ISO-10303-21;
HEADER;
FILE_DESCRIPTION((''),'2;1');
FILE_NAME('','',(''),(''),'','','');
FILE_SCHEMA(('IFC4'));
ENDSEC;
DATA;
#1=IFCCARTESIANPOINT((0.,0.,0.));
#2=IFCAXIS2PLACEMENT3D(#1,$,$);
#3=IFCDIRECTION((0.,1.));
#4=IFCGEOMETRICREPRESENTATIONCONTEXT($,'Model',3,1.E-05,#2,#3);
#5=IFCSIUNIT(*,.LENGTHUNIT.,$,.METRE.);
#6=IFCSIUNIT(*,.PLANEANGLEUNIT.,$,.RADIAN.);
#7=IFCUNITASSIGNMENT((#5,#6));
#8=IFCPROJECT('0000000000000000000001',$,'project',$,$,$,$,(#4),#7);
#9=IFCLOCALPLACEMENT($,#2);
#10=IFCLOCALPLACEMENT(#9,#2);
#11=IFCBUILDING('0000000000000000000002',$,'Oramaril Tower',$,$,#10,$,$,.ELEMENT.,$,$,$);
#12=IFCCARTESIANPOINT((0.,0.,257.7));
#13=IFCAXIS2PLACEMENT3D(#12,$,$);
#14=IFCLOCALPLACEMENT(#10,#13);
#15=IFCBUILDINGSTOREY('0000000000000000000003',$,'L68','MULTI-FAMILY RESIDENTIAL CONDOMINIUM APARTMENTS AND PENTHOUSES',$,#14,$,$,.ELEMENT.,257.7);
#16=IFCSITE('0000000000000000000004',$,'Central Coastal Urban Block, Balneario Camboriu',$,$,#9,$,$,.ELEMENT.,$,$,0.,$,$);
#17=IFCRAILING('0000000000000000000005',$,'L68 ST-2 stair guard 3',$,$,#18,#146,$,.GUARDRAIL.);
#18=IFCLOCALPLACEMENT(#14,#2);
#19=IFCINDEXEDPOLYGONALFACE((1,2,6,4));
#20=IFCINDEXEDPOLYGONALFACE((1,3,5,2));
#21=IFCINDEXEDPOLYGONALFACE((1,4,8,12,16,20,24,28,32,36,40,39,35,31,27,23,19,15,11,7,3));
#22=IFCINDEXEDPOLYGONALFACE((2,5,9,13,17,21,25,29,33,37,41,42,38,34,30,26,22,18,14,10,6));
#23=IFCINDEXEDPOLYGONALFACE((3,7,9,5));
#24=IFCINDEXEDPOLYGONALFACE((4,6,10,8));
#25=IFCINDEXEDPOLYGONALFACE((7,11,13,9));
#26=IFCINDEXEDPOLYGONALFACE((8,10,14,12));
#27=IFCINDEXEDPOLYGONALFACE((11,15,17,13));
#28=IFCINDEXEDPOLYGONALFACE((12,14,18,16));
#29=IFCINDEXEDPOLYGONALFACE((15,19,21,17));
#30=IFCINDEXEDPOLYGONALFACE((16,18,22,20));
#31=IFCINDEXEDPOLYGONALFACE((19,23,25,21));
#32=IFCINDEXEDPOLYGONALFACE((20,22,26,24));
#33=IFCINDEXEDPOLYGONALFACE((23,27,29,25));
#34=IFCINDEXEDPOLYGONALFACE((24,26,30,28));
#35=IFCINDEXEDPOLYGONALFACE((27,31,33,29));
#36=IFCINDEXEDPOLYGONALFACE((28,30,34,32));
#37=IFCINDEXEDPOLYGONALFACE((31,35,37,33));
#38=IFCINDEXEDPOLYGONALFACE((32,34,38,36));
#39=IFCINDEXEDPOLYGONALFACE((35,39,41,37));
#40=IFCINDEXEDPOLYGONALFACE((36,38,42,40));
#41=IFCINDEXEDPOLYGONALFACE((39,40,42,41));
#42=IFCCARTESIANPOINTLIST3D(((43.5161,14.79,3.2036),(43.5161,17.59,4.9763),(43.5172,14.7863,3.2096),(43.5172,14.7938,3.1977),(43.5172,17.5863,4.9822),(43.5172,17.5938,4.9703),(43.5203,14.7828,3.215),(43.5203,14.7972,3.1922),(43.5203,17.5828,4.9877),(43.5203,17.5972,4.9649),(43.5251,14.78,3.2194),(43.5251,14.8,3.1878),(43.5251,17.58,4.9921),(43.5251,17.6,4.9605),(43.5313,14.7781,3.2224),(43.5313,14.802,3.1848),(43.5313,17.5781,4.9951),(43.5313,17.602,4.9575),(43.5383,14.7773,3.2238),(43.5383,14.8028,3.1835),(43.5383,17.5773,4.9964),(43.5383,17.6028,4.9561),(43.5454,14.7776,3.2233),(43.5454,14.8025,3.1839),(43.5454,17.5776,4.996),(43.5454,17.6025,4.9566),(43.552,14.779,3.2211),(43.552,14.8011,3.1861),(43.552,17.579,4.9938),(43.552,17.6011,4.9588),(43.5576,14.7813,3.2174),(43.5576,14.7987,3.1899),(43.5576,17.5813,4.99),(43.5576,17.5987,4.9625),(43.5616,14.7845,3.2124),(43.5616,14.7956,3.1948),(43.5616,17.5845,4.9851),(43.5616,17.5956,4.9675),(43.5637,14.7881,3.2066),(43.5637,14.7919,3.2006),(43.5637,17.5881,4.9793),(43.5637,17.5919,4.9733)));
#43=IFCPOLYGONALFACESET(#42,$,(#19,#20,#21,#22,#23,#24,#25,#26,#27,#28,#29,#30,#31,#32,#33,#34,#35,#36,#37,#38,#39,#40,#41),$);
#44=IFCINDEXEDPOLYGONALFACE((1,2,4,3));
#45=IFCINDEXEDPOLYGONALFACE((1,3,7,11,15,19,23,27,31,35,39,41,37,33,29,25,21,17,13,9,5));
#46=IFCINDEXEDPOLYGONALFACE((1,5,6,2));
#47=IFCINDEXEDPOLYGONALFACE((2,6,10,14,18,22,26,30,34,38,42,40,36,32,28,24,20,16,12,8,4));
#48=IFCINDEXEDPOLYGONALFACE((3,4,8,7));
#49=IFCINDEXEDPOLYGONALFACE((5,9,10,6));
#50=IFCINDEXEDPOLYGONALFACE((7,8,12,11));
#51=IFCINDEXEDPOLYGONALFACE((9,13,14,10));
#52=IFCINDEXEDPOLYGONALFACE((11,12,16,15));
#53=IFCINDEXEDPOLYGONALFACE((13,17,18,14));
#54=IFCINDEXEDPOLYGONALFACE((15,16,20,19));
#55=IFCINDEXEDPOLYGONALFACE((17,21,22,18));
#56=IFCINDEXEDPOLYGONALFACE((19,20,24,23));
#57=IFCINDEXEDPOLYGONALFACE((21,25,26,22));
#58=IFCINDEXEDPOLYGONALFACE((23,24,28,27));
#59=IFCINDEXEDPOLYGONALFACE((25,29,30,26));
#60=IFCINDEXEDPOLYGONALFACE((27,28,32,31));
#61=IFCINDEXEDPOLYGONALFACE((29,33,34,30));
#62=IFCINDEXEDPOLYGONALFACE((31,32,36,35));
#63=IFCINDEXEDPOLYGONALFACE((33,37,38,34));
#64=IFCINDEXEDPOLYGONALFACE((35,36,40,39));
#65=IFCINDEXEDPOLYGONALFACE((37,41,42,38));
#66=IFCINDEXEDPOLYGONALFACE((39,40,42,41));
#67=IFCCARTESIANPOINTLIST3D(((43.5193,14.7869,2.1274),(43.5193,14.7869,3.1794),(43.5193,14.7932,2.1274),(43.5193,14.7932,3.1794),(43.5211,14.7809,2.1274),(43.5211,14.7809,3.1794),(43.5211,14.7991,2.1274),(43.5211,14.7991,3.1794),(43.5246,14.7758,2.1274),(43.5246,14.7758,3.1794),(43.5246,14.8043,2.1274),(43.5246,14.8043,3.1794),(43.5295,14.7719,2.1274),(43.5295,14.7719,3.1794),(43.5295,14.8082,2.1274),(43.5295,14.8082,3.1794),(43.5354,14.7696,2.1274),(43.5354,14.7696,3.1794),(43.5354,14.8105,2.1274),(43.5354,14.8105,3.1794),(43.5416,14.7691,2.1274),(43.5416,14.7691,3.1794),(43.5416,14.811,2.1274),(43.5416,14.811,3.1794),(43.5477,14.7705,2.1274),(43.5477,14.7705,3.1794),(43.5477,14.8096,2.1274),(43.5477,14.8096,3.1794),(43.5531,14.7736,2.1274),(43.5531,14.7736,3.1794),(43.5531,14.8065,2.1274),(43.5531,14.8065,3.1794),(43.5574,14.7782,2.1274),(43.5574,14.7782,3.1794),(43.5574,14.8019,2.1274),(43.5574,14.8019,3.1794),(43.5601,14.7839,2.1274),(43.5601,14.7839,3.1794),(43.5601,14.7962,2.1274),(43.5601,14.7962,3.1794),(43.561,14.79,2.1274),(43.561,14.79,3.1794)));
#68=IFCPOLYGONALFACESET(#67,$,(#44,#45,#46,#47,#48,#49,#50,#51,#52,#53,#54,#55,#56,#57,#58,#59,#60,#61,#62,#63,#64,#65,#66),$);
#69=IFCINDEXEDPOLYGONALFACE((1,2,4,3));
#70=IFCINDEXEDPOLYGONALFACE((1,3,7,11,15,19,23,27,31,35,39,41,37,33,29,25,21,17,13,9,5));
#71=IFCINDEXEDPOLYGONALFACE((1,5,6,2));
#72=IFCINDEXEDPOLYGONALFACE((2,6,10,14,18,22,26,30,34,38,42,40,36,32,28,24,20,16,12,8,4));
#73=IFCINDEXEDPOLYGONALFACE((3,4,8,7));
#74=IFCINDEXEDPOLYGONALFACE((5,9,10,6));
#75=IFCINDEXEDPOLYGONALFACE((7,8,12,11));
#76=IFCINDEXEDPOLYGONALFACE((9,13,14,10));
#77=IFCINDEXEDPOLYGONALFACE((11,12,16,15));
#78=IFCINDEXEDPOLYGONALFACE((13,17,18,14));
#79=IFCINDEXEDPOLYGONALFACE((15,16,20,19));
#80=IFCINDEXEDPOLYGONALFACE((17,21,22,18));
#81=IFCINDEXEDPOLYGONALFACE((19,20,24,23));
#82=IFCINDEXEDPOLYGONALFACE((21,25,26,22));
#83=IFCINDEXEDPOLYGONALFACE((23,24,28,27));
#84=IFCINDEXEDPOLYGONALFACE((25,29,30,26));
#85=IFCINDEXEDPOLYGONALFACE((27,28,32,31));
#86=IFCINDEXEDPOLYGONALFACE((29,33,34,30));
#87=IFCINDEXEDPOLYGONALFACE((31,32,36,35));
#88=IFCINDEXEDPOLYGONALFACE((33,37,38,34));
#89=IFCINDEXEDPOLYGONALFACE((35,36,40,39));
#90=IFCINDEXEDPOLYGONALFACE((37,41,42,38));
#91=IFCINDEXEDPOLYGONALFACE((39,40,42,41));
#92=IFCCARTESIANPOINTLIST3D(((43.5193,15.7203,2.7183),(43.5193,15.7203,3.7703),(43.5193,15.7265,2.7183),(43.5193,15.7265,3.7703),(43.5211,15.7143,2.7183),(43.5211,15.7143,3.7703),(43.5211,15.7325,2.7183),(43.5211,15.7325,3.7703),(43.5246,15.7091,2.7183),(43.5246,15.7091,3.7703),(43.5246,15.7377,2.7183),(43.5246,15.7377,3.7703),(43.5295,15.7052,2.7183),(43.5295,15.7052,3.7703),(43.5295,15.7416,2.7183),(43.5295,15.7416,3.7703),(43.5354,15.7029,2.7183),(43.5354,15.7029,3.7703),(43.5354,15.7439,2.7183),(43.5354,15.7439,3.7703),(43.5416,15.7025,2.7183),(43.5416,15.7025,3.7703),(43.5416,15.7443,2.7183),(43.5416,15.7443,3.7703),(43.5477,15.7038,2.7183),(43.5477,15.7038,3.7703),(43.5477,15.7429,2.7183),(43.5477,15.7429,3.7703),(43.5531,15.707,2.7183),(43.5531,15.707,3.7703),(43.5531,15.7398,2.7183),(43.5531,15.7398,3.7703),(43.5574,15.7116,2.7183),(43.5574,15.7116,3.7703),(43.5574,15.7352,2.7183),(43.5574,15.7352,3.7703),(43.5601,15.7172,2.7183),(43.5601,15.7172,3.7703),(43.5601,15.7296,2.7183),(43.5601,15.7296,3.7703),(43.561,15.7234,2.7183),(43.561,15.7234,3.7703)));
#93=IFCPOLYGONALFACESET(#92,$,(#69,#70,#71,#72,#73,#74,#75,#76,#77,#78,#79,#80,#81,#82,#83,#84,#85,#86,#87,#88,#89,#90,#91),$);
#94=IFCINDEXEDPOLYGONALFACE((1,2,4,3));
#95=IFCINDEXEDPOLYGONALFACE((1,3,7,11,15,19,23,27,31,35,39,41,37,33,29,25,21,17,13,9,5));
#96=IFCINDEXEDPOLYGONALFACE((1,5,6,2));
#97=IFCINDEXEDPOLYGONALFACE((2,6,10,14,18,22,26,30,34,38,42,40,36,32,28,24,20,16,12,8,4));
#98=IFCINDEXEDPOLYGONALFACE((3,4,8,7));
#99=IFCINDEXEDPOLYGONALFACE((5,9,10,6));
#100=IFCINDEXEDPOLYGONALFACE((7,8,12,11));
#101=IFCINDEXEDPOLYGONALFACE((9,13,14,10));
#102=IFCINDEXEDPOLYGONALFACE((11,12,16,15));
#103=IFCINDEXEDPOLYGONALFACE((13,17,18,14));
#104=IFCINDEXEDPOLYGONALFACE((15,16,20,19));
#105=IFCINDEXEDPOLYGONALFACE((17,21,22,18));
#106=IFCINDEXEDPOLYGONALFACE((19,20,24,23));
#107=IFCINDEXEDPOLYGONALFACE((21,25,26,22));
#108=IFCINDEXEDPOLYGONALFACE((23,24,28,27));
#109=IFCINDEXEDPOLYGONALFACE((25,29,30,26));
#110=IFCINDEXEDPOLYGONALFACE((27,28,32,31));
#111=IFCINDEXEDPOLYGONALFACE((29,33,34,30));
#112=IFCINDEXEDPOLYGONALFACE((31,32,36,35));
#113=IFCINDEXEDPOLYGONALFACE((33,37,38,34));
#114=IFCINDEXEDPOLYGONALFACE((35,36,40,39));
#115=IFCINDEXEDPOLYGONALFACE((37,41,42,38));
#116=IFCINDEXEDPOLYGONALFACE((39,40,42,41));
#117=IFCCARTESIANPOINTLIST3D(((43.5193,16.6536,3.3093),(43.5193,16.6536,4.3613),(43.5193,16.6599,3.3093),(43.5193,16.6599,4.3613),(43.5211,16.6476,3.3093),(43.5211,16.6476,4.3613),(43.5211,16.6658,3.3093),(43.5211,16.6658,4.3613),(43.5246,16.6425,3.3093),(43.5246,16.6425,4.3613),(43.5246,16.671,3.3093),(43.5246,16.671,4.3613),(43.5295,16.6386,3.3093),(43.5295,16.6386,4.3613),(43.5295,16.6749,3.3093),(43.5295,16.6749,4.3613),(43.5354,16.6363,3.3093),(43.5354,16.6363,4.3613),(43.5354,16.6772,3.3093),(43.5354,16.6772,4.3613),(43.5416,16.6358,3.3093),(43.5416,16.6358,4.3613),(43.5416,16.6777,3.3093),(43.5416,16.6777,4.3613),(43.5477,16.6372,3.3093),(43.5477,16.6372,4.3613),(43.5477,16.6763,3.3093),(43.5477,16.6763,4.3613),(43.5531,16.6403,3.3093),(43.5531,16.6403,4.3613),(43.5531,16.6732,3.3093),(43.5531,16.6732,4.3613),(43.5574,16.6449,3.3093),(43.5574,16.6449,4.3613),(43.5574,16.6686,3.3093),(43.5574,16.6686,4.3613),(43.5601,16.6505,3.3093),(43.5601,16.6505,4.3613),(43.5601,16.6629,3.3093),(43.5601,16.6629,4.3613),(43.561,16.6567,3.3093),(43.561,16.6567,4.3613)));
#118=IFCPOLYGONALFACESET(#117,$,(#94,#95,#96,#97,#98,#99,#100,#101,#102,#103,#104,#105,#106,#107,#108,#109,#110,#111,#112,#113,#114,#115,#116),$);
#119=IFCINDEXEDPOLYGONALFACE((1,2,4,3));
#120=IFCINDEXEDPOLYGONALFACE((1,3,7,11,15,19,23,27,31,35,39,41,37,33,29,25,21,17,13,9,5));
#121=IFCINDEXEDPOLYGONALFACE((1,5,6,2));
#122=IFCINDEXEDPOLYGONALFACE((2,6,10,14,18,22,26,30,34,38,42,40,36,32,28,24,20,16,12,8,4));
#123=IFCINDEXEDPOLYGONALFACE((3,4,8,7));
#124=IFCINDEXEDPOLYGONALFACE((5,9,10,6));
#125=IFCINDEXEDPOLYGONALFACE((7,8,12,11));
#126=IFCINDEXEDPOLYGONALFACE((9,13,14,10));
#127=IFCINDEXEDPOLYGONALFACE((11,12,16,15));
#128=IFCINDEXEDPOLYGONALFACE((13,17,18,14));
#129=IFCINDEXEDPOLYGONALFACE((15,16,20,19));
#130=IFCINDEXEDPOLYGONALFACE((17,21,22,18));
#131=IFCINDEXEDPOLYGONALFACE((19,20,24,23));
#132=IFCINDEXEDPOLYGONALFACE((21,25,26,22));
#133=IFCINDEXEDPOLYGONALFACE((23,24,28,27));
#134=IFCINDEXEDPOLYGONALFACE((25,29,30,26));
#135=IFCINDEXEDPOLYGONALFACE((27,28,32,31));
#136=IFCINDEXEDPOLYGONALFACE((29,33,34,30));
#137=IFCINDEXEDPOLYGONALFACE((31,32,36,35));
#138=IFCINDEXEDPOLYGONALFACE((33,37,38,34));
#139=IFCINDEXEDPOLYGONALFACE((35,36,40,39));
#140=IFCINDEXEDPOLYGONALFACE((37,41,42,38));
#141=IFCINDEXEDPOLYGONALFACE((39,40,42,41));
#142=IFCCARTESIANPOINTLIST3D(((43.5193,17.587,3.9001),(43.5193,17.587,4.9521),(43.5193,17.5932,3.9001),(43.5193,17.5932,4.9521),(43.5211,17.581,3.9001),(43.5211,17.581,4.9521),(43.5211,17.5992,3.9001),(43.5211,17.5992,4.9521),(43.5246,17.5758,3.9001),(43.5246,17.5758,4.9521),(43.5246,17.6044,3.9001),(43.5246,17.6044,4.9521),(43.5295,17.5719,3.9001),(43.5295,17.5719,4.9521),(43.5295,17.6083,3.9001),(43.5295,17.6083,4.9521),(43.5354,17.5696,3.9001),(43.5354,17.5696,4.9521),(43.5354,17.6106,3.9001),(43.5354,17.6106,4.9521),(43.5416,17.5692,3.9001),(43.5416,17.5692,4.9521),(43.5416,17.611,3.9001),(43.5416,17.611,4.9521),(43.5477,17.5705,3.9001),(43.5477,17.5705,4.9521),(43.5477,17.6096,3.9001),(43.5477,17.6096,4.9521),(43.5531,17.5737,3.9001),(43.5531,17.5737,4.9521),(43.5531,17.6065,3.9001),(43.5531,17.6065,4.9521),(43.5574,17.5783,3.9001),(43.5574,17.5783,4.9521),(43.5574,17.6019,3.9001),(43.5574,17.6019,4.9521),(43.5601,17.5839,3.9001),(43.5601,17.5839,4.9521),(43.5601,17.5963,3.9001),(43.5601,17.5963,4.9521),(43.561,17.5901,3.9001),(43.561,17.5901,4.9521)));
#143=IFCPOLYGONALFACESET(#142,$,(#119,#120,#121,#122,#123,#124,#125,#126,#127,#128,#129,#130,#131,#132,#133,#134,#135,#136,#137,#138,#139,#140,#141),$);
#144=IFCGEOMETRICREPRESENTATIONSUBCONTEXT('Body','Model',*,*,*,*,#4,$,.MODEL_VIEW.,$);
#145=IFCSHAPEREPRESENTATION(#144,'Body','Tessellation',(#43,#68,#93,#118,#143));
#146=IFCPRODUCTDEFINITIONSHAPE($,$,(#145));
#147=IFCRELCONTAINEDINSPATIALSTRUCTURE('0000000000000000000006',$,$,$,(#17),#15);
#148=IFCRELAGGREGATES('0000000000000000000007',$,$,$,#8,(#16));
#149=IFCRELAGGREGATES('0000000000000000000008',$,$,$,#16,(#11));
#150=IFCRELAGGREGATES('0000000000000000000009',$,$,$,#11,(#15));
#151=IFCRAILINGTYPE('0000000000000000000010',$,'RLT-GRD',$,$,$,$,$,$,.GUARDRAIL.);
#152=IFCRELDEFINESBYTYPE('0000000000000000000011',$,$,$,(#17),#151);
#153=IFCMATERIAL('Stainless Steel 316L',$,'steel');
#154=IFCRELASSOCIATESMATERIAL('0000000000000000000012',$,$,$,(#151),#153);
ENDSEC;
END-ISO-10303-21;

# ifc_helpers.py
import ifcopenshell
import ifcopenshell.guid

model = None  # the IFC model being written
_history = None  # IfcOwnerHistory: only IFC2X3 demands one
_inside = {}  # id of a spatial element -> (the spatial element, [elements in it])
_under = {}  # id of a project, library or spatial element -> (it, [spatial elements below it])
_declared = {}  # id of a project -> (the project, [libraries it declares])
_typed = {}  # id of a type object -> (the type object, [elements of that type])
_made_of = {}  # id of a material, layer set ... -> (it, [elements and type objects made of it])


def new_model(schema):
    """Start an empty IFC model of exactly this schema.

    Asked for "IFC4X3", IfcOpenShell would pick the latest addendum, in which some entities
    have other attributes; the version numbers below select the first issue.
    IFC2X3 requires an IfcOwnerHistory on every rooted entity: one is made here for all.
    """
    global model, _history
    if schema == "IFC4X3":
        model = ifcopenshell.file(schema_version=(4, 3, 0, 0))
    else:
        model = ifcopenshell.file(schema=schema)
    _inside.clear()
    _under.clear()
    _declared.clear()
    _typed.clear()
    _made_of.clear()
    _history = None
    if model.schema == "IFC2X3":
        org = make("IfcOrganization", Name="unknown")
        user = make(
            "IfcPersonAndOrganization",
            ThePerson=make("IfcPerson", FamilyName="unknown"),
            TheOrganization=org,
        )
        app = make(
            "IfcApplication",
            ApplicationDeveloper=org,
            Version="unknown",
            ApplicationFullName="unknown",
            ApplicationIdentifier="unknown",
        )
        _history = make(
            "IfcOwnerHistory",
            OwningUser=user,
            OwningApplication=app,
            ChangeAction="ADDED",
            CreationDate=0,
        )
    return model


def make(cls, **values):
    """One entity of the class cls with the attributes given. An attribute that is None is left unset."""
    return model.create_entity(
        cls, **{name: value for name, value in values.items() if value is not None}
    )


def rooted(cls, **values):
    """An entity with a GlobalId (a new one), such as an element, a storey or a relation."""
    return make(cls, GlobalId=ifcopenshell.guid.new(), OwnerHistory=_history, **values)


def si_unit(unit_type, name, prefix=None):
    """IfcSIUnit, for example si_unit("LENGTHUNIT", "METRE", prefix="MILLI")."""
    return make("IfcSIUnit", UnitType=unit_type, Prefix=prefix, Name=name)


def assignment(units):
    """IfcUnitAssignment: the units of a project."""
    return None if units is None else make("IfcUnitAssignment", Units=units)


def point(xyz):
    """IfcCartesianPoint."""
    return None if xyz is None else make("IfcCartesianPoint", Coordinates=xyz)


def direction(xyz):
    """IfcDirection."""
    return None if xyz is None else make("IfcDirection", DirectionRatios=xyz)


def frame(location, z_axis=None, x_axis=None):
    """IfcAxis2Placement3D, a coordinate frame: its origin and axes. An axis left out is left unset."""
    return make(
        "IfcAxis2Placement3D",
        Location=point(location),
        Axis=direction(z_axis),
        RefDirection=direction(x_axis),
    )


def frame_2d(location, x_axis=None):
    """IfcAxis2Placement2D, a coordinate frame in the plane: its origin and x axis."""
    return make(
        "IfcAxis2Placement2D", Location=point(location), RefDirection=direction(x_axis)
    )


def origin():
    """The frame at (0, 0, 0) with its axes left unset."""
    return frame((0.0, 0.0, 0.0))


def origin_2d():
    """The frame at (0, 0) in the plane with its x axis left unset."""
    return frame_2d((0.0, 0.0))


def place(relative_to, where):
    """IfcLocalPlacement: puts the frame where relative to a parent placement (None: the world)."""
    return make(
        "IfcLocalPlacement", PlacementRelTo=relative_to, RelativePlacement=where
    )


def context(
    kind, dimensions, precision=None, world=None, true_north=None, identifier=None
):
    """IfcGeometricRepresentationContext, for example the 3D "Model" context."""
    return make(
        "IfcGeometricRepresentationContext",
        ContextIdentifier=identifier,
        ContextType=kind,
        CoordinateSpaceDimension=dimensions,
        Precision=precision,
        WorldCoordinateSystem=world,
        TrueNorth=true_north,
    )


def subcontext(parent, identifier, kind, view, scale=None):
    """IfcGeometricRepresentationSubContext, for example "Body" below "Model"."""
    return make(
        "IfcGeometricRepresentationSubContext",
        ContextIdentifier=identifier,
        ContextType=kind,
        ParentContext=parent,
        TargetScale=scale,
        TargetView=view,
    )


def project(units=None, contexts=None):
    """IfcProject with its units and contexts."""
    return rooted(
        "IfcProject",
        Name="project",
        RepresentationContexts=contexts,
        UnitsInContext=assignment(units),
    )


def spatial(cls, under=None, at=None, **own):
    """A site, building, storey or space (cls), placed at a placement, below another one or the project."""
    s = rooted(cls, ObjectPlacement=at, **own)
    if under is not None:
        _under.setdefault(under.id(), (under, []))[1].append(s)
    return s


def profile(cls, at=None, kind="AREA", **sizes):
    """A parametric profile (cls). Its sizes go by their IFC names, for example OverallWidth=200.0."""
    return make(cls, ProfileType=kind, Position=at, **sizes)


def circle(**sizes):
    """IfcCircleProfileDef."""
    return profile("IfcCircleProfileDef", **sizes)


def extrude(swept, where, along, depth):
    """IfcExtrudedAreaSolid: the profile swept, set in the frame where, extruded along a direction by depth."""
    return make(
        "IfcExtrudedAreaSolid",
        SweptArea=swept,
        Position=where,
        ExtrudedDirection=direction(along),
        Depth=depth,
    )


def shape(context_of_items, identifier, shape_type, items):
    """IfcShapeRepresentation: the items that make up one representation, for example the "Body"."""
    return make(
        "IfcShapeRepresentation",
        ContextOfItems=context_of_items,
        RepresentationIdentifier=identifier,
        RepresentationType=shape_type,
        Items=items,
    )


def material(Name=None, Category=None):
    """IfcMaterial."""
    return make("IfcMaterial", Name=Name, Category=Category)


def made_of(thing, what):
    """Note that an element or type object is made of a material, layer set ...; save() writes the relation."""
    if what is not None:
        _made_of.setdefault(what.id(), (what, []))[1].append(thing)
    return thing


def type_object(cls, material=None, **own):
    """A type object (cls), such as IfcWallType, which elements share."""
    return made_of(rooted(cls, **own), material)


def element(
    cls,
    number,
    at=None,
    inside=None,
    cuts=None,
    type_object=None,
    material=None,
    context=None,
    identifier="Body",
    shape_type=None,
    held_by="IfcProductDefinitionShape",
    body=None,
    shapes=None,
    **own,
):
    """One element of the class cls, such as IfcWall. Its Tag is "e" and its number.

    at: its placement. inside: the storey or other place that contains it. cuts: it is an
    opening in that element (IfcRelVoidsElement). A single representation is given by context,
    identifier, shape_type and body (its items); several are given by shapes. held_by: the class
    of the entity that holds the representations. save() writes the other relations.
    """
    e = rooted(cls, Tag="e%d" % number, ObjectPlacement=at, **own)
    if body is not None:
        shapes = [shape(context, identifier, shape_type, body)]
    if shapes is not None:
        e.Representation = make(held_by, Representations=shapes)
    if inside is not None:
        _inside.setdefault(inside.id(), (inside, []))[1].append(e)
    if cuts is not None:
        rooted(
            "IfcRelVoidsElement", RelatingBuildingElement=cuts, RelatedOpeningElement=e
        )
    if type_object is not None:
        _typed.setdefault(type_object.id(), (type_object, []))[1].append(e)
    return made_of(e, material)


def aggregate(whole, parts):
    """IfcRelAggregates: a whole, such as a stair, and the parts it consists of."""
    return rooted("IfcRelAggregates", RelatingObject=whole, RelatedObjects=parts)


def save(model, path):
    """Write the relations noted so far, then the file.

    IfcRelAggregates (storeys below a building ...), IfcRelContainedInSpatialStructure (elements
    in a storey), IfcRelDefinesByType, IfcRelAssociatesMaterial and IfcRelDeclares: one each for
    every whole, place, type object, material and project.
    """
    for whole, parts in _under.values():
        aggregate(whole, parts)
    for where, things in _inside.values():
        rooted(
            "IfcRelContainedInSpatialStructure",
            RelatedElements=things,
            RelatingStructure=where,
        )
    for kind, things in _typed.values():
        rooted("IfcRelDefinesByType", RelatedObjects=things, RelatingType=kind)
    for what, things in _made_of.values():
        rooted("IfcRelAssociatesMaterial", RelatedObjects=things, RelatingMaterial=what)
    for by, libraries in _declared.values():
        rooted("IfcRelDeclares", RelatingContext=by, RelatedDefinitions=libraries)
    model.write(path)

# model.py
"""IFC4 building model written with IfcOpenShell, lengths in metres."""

from ifc_helpers import new_model, si_unit, direction, frame, origin, origin_2d, place, context, subcontext, project, spatial, circle, extrude, material, type_object, element, save


model = new_model("IFC4")

# Units and contexts
model_context = context("Model", 3, precision=1e-05, world=origin(), true_north=direction((0.0, 1.0)))
body_context = subcontext(model_context, "Body", "Model", "MODEL_VIEW")
ifc_project = project(units=[si_unit("LENGTHUNIT", "METRE"), si_unit("PLANEANGLEUNIT", "RADIAN")], contexts=[model_context])

# Site, building, storey
site_placement = place(None, origin())
site = spatial("IfcSite", under=ifc_project, at=site_placement, Name="Central Coastal Urban Block, Balneario Camboriu", CompositionType="ELEMENT", RefElevation=0.0)
building_placement = place(site_placement, origin())
building = spatial("IfcBuilding", under=site, at=building_placement, Name="Oramaril Tower", CompositionType="ELEMENT")
storey_placement = place(building_placement, frame((0.0, 0.0, 257.7)))
storey = spatial("IfcBuildingStorey", under=building, at=storey_placement, Name="L68", Description="MULTI-FAMILY RESIDENTIAL CONDOMINIUM APARTMENTS AND PENTHOUSES", CompositionType="ELEMENT", Elevation=257.7)

# Railing
ifc_material_1 = material(Name="Stainless Steel 316L", Category="steel")
railing_type_1 = type_object("IfcRailingType", Name="RLT-GRD", PredefinedType="GUARDRAIL", material=ifc_material_1)
railing_1_placement = place(storey_placement, frame((43.54, 14.79, 2.1274)))
element("IfcRailing", 1, at=railing_1_placement, inside=storey, type_object=railing_type_1, Name="L68 ST-2 stair guard 3", PredefinedType="GUARDRAIL", context=body_context, shape_type="SweptSolid", body=[
    extrude(circle(Radius=0.0239, at=origin_2d()), frame((0.0, 0.0, 1.0762), z_axis=(0.0, 0.844909, 0.53491), x_axis=(-1.0, 0.0, 0.0)), (0.0, 0.0, 1.0), 3.314),
    extrude(circle(Radius=0.021, at=origin_2d()), origin(), (0.0, 0.0, 1.0), 1.052),
    extrude(circle(Radius=0.021, at=origin_2d()), frame((0.0, 0.9333, 0.5908)), (0.0, 0.0, 1.0), 1.052),
    extrude(circle(Radius=0.021, at=origin_2d()), frame((0.0, 1.8667, 1.1819)), (0.0, 0.0, 1.0), 1.052),
    extrude(circle(Radius=0.021, at=origin_2d()), frame((0.0, 2.8, 1.7727)), (0.0, 0.0, 1.0), 1.052),
])

save(model, "model.ifc")
